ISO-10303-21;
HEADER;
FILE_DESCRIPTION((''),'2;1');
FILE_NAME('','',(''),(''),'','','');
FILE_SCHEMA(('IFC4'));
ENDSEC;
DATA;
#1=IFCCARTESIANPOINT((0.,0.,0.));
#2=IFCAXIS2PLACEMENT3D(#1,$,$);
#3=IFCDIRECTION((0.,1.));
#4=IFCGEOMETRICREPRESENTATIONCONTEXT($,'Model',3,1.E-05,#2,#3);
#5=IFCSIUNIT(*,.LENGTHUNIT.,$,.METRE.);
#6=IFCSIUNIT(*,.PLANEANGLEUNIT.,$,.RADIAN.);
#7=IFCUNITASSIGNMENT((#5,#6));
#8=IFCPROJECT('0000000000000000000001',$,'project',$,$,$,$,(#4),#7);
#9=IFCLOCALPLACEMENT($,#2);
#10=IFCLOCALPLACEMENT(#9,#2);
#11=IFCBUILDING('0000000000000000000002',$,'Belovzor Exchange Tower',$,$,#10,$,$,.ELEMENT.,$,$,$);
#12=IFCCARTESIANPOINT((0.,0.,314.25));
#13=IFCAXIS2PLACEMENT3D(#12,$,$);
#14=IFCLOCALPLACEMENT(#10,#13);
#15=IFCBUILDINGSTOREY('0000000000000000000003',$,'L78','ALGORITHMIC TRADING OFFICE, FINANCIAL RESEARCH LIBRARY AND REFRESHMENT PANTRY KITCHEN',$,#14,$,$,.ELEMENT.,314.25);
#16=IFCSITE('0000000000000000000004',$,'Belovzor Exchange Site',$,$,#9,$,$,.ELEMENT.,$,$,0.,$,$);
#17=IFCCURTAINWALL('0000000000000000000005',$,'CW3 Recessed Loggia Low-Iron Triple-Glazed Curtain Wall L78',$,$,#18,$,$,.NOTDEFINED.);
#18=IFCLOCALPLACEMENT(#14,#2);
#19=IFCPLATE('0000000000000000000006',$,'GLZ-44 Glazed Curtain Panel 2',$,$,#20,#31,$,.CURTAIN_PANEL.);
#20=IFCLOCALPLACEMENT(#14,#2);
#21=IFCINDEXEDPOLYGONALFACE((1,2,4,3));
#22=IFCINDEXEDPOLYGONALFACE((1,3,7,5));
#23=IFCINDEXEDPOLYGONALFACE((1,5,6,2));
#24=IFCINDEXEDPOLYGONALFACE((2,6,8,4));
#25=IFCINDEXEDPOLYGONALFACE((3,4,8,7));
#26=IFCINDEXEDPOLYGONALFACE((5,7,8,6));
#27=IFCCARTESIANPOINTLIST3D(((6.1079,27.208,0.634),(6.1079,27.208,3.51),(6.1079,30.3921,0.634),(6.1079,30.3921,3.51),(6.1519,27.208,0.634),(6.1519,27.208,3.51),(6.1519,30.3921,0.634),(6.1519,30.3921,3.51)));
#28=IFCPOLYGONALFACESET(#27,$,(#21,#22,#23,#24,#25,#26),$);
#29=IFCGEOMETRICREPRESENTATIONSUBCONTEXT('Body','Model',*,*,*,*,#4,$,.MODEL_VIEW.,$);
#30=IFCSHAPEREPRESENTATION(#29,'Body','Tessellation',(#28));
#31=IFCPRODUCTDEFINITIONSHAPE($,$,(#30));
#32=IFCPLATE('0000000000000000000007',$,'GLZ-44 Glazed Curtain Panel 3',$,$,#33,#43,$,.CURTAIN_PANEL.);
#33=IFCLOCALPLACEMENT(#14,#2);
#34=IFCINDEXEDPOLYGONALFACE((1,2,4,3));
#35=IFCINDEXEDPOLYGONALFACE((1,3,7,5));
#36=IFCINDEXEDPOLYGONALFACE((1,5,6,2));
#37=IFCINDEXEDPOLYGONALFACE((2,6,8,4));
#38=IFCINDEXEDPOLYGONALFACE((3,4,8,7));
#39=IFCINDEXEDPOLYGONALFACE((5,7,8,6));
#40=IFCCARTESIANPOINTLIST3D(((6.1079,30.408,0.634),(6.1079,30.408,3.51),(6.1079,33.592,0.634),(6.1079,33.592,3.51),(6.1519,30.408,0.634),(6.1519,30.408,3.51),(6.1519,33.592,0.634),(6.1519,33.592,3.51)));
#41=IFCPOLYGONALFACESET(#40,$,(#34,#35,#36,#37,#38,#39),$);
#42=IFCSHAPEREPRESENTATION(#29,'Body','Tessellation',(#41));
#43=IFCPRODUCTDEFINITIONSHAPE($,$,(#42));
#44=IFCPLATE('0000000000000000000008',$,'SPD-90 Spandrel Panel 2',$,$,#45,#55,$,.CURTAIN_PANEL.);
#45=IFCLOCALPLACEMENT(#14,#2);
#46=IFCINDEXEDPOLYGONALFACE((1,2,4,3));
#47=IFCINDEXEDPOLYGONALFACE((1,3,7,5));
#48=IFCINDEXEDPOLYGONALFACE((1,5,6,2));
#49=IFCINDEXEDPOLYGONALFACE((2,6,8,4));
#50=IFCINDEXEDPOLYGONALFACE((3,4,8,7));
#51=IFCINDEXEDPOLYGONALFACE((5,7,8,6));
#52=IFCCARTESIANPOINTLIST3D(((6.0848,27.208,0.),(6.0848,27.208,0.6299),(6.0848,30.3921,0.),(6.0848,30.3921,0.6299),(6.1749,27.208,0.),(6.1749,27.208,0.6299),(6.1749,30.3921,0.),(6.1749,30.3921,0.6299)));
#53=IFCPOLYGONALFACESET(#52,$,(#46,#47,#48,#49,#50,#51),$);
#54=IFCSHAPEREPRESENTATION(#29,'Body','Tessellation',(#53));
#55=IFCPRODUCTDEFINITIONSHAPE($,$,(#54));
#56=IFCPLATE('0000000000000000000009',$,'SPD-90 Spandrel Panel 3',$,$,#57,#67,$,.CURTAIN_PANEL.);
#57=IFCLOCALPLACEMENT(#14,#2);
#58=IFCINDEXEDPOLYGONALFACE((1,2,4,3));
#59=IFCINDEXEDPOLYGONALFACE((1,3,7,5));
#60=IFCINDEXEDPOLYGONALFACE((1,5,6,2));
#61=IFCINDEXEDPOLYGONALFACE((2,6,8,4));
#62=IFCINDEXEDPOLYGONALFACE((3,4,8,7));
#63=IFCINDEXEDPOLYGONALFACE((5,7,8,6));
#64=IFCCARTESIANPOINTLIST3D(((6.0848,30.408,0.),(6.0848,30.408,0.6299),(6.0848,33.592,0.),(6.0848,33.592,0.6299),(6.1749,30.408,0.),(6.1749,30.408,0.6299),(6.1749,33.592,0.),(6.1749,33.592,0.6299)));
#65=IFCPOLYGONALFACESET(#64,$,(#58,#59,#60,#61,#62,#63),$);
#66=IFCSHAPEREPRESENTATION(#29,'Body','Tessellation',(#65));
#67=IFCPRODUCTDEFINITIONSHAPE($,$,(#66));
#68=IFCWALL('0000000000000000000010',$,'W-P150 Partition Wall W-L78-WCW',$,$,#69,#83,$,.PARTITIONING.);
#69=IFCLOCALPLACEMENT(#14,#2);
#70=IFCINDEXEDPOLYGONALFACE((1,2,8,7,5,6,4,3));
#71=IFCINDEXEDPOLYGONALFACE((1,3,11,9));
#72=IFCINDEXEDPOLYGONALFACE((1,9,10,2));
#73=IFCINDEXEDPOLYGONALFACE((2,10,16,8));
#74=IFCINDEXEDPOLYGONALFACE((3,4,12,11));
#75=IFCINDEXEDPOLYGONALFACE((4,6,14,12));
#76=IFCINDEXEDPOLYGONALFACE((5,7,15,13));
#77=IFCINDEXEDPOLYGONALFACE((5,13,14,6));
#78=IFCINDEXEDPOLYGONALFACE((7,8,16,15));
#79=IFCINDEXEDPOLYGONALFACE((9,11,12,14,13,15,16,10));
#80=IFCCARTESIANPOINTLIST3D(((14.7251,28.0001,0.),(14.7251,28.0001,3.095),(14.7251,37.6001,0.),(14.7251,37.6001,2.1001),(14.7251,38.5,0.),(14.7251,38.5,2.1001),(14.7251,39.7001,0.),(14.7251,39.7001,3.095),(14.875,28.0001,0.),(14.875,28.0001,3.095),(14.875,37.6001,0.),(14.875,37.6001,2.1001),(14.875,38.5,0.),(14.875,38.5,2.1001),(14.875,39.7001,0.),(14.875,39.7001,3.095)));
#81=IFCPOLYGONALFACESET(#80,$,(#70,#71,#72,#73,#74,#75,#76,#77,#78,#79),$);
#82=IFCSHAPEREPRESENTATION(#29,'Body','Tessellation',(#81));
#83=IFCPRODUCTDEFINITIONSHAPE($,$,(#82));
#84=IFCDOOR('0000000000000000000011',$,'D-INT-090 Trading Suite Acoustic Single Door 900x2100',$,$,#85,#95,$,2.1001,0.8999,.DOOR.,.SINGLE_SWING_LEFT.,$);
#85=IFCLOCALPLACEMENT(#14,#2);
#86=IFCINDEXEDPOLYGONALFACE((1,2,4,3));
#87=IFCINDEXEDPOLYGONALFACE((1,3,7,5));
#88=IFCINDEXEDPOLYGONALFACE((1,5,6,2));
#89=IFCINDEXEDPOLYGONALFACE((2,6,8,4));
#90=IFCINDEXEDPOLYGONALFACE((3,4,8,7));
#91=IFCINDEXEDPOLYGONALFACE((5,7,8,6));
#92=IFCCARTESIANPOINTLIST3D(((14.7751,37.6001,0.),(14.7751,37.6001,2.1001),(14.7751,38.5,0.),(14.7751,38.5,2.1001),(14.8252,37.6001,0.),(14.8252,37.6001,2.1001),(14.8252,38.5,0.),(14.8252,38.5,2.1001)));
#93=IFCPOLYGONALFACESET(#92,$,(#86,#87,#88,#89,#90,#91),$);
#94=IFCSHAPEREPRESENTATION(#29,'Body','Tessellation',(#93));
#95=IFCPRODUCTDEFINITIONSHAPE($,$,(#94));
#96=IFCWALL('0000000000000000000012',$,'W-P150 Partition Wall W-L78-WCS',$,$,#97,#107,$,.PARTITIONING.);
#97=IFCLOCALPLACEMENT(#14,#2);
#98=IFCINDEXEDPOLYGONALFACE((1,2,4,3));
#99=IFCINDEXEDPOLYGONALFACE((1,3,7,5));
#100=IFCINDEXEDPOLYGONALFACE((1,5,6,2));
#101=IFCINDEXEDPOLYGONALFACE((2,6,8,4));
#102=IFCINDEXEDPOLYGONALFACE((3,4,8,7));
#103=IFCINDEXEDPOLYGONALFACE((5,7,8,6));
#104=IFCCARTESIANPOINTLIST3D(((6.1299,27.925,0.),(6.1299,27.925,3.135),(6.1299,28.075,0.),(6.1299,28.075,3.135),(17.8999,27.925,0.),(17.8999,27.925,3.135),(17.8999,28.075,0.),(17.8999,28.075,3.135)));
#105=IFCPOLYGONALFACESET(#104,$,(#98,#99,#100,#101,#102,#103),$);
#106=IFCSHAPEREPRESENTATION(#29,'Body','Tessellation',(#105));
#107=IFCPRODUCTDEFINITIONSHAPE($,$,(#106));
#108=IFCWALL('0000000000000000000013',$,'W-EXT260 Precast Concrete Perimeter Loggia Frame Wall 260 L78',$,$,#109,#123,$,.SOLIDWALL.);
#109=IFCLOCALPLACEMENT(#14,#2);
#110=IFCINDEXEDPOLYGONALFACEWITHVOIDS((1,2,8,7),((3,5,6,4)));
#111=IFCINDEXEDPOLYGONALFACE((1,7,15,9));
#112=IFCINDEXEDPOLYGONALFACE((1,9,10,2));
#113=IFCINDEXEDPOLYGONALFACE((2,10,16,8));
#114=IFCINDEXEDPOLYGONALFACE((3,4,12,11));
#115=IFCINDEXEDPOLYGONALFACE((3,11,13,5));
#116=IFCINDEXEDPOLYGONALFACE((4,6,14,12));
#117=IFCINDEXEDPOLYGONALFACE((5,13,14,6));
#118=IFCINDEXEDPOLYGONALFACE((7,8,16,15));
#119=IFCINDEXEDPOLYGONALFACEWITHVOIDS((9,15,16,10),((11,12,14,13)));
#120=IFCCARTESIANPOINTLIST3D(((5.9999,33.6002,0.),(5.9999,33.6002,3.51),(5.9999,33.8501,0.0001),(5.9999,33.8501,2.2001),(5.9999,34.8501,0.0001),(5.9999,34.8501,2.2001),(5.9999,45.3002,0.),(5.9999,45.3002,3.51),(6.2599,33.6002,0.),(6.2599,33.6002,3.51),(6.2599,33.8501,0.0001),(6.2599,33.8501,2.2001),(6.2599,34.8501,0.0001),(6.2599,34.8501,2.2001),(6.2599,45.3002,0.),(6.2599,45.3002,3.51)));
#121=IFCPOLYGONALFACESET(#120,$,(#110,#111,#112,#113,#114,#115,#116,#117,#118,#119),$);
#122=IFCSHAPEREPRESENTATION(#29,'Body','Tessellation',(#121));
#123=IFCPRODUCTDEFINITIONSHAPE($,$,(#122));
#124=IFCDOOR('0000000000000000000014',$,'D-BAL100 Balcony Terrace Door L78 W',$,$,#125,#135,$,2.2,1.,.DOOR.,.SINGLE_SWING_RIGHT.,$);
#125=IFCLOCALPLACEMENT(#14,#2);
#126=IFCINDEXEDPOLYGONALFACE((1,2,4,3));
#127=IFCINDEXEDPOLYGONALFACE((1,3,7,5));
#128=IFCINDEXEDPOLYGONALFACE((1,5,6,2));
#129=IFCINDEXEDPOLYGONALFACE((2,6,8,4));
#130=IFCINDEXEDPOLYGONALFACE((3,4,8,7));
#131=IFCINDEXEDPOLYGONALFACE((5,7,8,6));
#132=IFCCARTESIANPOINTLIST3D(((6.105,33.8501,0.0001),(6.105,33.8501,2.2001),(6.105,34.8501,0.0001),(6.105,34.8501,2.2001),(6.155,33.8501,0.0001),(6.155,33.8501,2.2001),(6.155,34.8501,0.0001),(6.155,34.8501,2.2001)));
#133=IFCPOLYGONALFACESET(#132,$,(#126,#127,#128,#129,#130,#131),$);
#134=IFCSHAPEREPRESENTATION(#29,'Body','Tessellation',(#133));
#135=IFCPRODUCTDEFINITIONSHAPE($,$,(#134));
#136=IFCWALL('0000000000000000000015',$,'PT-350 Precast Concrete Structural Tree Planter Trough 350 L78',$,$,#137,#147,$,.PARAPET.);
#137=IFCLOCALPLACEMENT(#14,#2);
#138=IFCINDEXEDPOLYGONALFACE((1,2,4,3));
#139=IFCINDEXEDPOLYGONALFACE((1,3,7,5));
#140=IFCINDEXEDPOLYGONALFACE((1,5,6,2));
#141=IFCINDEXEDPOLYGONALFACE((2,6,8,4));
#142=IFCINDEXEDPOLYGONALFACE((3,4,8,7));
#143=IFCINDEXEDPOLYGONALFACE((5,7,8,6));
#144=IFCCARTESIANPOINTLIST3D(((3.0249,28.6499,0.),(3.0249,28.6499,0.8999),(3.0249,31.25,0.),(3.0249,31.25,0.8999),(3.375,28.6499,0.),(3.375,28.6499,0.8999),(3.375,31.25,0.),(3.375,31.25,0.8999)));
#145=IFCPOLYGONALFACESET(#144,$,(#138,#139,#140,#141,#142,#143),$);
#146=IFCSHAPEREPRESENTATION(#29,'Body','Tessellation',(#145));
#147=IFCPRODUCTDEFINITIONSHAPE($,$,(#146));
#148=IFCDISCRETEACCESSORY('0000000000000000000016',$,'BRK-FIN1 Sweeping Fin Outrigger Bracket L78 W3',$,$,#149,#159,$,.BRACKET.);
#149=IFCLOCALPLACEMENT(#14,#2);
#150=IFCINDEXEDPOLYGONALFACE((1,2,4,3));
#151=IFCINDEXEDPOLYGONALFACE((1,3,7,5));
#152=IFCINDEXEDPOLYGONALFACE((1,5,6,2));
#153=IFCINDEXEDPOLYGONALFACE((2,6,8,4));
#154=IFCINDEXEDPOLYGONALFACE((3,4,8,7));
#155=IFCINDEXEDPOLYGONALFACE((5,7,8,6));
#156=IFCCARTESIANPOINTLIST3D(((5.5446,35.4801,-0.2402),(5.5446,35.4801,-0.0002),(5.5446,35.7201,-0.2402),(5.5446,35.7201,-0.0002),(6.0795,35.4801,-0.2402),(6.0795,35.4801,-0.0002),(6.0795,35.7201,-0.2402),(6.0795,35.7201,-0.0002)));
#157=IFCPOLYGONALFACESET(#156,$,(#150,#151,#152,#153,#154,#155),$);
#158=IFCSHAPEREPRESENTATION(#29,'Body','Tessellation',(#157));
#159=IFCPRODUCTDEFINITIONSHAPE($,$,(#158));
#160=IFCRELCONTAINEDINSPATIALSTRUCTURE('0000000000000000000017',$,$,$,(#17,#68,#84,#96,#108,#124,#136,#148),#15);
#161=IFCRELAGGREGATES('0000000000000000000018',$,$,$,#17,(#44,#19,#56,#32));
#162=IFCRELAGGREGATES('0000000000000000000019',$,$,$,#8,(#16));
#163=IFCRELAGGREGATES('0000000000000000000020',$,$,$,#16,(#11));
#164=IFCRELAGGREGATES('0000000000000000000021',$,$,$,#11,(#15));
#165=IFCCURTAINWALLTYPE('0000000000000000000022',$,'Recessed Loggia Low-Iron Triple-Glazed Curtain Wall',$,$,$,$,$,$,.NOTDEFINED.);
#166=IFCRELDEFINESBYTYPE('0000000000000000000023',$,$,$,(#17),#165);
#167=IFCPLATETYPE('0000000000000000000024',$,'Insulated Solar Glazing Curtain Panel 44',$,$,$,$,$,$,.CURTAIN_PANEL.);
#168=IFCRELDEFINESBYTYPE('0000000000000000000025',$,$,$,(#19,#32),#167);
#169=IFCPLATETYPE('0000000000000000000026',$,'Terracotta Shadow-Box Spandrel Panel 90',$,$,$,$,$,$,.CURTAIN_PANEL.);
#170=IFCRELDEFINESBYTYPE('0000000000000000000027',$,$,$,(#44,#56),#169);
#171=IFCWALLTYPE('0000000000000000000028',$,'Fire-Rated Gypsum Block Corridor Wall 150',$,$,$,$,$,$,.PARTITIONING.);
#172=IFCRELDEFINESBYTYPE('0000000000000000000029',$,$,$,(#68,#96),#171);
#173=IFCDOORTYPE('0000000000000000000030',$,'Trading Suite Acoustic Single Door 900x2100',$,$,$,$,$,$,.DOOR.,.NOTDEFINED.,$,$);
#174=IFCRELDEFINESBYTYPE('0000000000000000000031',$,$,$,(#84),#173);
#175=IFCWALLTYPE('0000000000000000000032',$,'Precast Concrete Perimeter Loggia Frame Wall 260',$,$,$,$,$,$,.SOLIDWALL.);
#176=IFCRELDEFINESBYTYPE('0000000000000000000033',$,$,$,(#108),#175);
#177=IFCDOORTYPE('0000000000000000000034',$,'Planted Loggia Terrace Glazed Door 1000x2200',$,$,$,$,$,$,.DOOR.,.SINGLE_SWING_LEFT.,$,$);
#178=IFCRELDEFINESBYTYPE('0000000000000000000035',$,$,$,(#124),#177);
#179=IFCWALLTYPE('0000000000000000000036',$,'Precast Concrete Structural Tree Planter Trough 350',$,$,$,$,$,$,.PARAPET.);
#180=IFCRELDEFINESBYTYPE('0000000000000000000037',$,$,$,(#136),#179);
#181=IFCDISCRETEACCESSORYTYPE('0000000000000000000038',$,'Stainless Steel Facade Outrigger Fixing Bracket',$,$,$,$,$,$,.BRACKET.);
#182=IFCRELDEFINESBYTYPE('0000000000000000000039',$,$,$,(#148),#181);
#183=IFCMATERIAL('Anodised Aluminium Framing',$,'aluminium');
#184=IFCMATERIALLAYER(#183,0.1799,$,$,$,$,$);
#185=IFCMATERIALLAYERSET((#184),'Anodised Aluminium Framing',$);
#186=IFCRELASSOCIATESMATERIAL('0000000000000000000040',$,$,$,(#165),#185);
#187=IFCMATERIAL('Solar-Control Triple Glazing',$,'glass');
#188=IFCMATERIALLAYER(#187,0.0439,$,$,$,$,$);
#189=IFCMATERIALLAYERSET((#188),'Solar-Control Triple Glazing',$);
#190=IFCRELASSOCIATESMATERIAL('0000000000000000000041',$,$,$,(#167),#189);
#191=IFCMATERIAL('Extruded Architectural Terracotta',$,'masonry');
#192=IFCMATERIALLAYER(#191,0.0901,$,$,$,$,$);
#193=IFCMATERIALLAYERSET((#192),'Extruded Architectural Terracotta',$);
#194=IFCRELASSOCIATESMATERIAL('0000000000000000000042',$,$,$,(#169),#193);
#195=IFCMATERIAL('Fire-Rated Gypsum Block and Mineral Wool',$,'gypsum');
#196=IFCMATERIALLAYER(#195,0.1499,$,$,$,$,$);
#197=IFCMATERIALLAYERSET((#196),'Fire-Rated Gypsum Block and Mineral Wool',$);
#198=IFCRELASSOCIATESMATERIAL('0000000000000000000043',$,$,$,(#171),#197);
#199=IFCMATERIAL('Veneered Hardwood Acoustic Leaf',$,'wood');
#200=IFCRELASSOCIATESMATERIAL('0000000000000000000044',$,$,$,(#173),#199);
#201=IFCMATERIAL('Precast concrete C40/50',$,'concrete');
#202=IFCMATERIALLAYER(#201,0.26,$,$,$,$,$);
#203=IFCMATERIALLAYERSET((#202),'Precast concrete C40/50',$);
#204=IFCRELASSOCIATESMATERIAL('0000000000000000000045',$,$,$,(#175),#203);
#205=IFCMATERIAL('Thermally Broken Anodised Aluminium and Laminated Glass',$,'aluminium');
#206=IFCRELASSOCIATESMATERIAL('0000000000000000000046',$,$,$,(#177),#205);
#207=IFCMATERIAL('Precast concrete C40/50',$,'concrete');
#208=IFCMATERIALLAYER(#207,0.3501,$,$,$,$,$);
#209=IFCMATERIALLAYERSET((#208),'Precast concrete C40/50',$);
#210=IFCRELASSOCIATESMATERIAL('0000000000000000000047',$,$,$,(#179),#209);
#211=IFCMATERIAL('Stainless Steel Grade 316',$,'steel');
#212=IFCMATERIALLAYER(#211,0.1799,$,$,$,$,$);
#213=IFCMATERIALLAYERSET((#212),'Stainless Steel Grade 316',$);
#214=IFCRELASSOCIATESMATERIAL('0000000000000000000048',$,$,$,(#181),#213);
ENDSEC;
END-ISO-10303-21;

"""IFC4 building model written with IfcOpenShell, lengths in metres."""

from ifc_helpers import new_model, si_unit, direction, frame, frame_2d, origin, origin_2d, place, context, subcontext, project, spatial, rectangle, extrude, material, layer, layer_set, type_object, element, fill, aggregate, save


model = new_model("IFC4")

# Units and contexts
model_context = context("Model", 3, precision=1e-05, world=origin(), true_north=direction((0.0, 1.0)))
body_context = subcontext(model_context, "Body", "Model", "MODEL_VIEW")
ifc_project = project(units=[si_unit("LENGTHUNIT", "METRE"), si_unit("PLANEANGLEUNIT", "RADIAN")], contexts=[model_context])

# Site, building, storey
site_placement = place(None, origin())
site = spatial("IfcSite", under=ifc_project, at=site_placement, Name="Belovzor Exchange Site", CompositionType="ELEMENT", RefElevation=0.0)
building_placement = place(site_placement, origin())
building = spatial("IfcBuilding", under=site, at=building_placement, Name="Belovzor Exchange Tower", CompositionType="ELEMENT")
storey_placement = place(building_placement, frame((0.0, 0.0, 314.25)))
storey = spatial("IfcBuildingStorey", under=building, at=storey_placement, Name="L78", Description="ALGORITHMIC TRADING OFFICE, FINANCIAL RESEARCH LIBRARY AND REFRESHMENT PANTRY KITCHEN", CompositionType="ELEMENT", Elevation=314.25)

# Curtain wall
ifc_material_1 = material(Name="Anodised Aluminium Framing", Category="aluminium")
ifc_layer_1 = layer(ifc_material_1, 0.1799)
ifc_layer_set_1 = layer_set([ifc_layer_1], Name="Anodised Aluminium Framing")
curtain_wall_type = type_object("IfcCurtainWallType", Name="Recessed Loggia Low-Iron Triple-Glazed Curtain Wall", PredefinedType="NOTDEFINED", material=ifc_layer_set_1)
curtain_wall_placement = place(storey_placement, origin())
curtain_wall = element("IfcCurtainWall", 1, at=curtain_wall_placement, inside=storey, type_object=curtain_wall_type, Name="CW3 Recessed Loggia Low-Iron Triple-Glazed Curtain Wall L78", PredefinedType="NOTDEFINED")

# Plates
ifc_material_2 = material(Name="Solar-Control Triple Glazing", Category="glass")
ifc_layer_2 = layer(ifc_material_2, 0.0439)
ifc_layer_set_2 = layer_set([ifc_layer_2], Name="Solar-Control Triple Glazing")
plate_type_1 = type_object("IfcPlateType", Name="Insulated Solar Glazing Curtain Panel 44", PredefinedType="CURTAIN_PANEL", material=ifc_layer_set_2)
plate_1_placement = place(storey_placement, frame((6.1299, 28.8, 0.634), z_axis=(0.0, 0.0, 1.0), x_axis=(0.0, 1.0, 0.0)))
plate_1 = element("IfcPlate", 2, at=plate_1_placement, type_object=plate_type_1, Name="GLZ-44 Glazed Curtain Panel 2", PredefinedType="CURTAIN_PANEL", context=body_context, shape_type="SweptSolid", body=[
    extrude(rectangle(XDim=3.1841, YDim=0.0439, at=origin_2d()), origin(), (0.0, 0.0, 1.0), 2.876),
])
plate_2_placement = place(storey_placement, frame((6.1299, 32.0, 0.634), z_axis=(0.0, 0.0, 1.0), x_axis=(0.0, 1.0, 0.0)))
plate_2 = element("IfcPlate", 3, at=plate_2_placement, type_object=plate_type_1, Name="GLZ-44 Glazed Curtain Panel 3", PredefinedType="CURTAIN_PANEL", context=body_context, shape_type="SweptSolid", body=[
    extrude(rectangle(XDim=3.1841, YDim=0.0439, at=origin_2d()), origin(), (0.0, 0.0, 1.0), 2.876),
])
ifc_material_3 = material(Name="Extruded Architectural Terracotta", Category="masonry")
ifc_layer_3 = layer(ifc_material_3, 0.0901)
ifc_layer_set_3 = layer_set([ifc_layer_3], Name="Extruded Architectural Terracotta")
plate_type_2 = type_object("IfcPlateType", Name="Terracotta Shadow-Box Spandrel Panel 90", PredefinedType="CURTAIN_PANEL", material=ifc_layer_set_3)
plate_3_placement = place(storey_placement, frame((6.1299, 28.8, 0.0), z_axis=(0.0, 0.0, 1.0), x_axis=(0.0, 1.0, 0.0)))
plate_3 = element("IfcPlate", 4, at=plate_3_placement, type_object=plate_type_2, Name="SPD-90 Spandrel Panel 2", PredefinedType="CURTAIN_PANEL", context=body_context, shape_type="SweptSolid", body=[
    extrude(rectangle(XDim=3.1841, YDim=0.0901, at=origin_2d()), origin(), (0.0, 0.0, 1.0), 0.6299),
])
plate_4_placement = place(storey_placement, frame((6.1299, 32.0, 0.0), z_axis=(0.0, 0.0, 1.0), x_axis=(0.0, 1.0, 0.0)))
plate_4 = element("IfcPlate", 5, at=plate_4_placement, type_object=plate_type_2, Name="SPD-90 Spandrel Panel 3", PredefinedType="CURTAIN_PANEL", context=body_context, shape_type="SweptSolid", body=[
    extrude(rectangle(XDim=3.1841, YDim=0.0901, at=origin_2d()), origin(), (0.0, 0.0, 1.0), 0.6299),
])
aggregate(curtain_wall, [plate_3, plate_1, plate_4, plate_2])

# Wall, opening, door
ifc_material_4 = material(Name="Fire-Rated Gypsum Block and Mineral Wool", Category="gypsum")
ifc_layer_4 = layer(ifc_material_4, 0.1499)
ifc_layer_set_4 = layer_set([ifc_layer_4], Name="Fire-Rated Gypsum Block and Mineral Wool")
wall_type_1 = type_object("IfcWallType", Name="Fire-Rated Gypsum Block Corridor Wall 150", PredefinedType="PARTITIONING", material=ifc_layer_set_4)
wall_1_placement = place(storey_placement, frame((14.8, 28.0, 0.0), z_axis=(0.0, 0.0, 1.0), x_axis=(0.0, 1.0, 0.0)))
wall_1 = element("IfcWall", 6, at=wall_1_placement, inside=storey, type_object=wall_type_1, Name="W-P150 Partition Wall W-L78-WCW", PredefinedType="PARTITIONING", context=body_context, shape_type="SweptSolid", body=[
    extrude(rectangle(XDim=11.7, YDim=0.1499, at=frame_2d((5.8501, 0.0))), origin(), (0.0, 0.0, 1.0), 3.095),
])
opening_1_placement = place(wall_1_placement, frame((9.6001, 0.0, 0.0)))
opening_1 = element("IfcOpeningElement", 7, at=opening_1_placement, cuts=wall_1, PredefinedType="OPENING", context=body_context, shape_type="SweptSolid", body=[
    extrude(rectangle(XDim=0.8999, YDim=2.1001, at=frame_2d((0.45, 1.05))), frame((0.0, 0.085, 0.0), z_axis=(0.0, -1.0, 0.0), x_axis=(1.0, 0.0, 0.0)), (0.0, 0.0, 1.0), 0.1699),
])
ifc_material_5 = material(Name="Veneered Hardwood Acoustic Leaf", Category="wood")
door_type_1 = type_object("IfcDoorType", Name="Trading Suite Acoustic Single Door 900x2100", OperationType="NOTDEFINED", PredefinedType="DOOR", material=ifc_material_5)
door_1_placement = place(opening_1_placement, origin())
door_1 = element("IfcDoor", 8, at=door_1_placement, inside=storey, type_object=door_type_1, Name="D-INT-090 Trading Suite Acoustic Single Door 900x2100", OperationType="SINGLE_SWING_LEFT", OverallHeight=2.1001, OverallWidth=0.8999, PredefinedType="DOOR", context=body_context, shape_type="SweptSolid", body=[
    extrude(rectangle(XDim=0.8999, YDim=2.1001, at=frame_2d((0.45, 1.05))), frame((0.0, 0.0249, 0.0), z_axis=(0.0, -1.0, 0.0), x_axis=(1.0, 0.0, 0.0)), (0.0, 0.0, 1.0), 0.05),
])
fill(opening_1, door_1)

# Wall
wall_2_placement = place(storey_placement, frame((6.1299, 28.0, 0.0), z_axis=(0.0, 0.0, 1.0), x_axis=(1.0, 0.0, 0.0)))
element("IfcWall", 9, at=wall_2_placement, inside=storey, type_object=wall_type_1, Name="W-P150 Partition Wall W-L78-WCS", PredefinedType="PARTITIONING", context=body_context, shape_type="SweptSolid", body=[
    extrude(rectangle(XDim=11.77, YDim=0.1499, at=frame_2d((5.885, 0.0))), origin(), (0.0, 0.0, 1.0), 3.135),
])

# Wall, opening, door
ifc_material_6 = material(Name="Precast concrete C40/50", Category="concrete")
ifc_layer_5 = layer(ifc_material_6, 0.26)
ifc_layer_set_5 = layer_set([ifc_layer_5], Name="Precast concrete C40/50")
wall_type_2 = type_object("IfcWallType", Name="Precast Concrete Perimeter Loggia Frame Wall 260", PredefinedType="SOLIDWALL", material=ifc_layer_set_5)
wall_3_placement = place(storey_placement, frame((6.1299, 33.6001, 0.0), z_axis=(0.0, 0.0, 1.0), x_axis=(0.0, 1.0, 0.0)))
wall_3 = element("IfcWall", 10, at=wall_3_placement, inside=storey, type_object=wall_type_2, Name="W-EXT260 Precast Concrete Perimeter Loggia Frame Wall 260 L78", PredefinedType="SOLIDWALL", context=body_context, shape_type="SweptSolid", body=[
    extrude(rectangle(XDim=11.7, YDim=0.26, at=frame_2d((5.8501, 0.0))), origin(), (0.0, 0.0, 1.0), 3.51),
])
opening_2_placement = place(wall_3_placement, frame((0.25, 0.0, 0.0)))
opening_2 = element("IfcOpeningElement", 11, at=opening_2_placement, cuts=wall_3, PredefinedType="OPENING", context=body_context, shape_type="SweptSolid", body=[
    extrude(rectangle(XDim=1.0, YDim=2.2, at=frame_2d((0.5, 1.1001))), frame((0.0, 0.1399, 0.0), z_axis=(0.0, -1.0, 0.0), x_axis=(1.0, 0.0, 0.0)), (0.0, 0.0, 1.0), 0.28),
])
ifc_material_7 = material(Name="Thermally Broken Anodised Aluminium and Laminated Glass", Category="aluminium")
door_type_2 = type_object("IfcDoorType", Name="Planted Loggia Terrace Glazed Door 1000x2200", OperationType="SINGLE_SWING_LEFT", PredefinedType="DOOR", material=ifc_material_7)
door_2_placement = place(opening_2_placement, origin())
door_2 = element("IfcDoor", 12, at=door_2_placement, inside=storey, type_object=door_type_2, Name="D-BAL100 Balcony Terrace Door L78 W", OperationType="SINGLE_SWING_RIGHT", OverallHeight=2.2, OverallWidth=1.0, PredefinedType="DOOR", context=body_context, shape_type="SweptSolid", body=[
    extrude(rectangle(XDim=1.0, YDim=2.2, at=frame_2d((0.5, 1.1001))), frame((0.0, 0.0249, 0.0), z_axis=(0.0, -1.0, 0.0), x_axis=(1.0, 0.0, 0.0)), (0.0, 0.0, 1.0), 0.05),
])
fill(opening_2, door_2)

# Wall
ifc_material_8 = material(Name="Precast concrete C40/50", Category="concrete")
ifc_layer_6 = layer(ifc_material_8, 0.3501)
ifc_layer_set_6 = layer_set([ifc_layer_6], Name="Precast concrete C40/50")
wall_type_3 = type_object("IfcWallType", Name="Precast Concrete Structural Tree Planter Trough 350", PredefinedType="PARAPET", material=ifc_layer_set_6)
wall_4_placement = place(storey_placement, frame((3.2, 28.6499, 0.0), z_axis=(0.0, 0.0, 1.0), x_axis=(0.0, 1.0, 0.0)))
element("IfcWall", 13, at=wall_4_placement, inside=storey, type_object=wall_type_3, Name="PT-350 Precast Concrete Structural Tree Planter Trough 350 L78", PredefinedType="PARAPET", context=body_context, shape_type="SweptSolid", body=[
    extrude(rectangle(XDim=2.6001, YDim=0.3501, at=frame_2d((1.3, 0.0))), origin(), (0.0, 0.0, 1.0), 0.8999),
])

# Discrete accessory
ifc_material_9 = material(Name="Stainless Steel Grade 316", Category="steel")
ifc_layer_7 = layer(ifc_material_9, 0.1799)
ifc_layer_set_7 = layer_set([ifc_layer_7], Name="Stainless Steel Grade 316")
discrete_accessory_type = type_object("IfcDiscreteAccessoryType", Name="Stainless Steel Facade Outrigger Fixing Bracket", PredefinedType="BRACKET", material=ifc_layer_set_7)
discrete_accessory_placement = place(storey_placement, frame((5.812, 35.6001, -0.2402), z_axis=(0.0, 0.0, 1.0), x_axis=(1.0, 0.0, 0.0)))
element("IfcDiscreteAccessory", 14, at=discrete_accessory_placement, inside=storey, type_object=discrete_accessory_type, Name="BRK-FIN1 Sweeping Fin Outrigger Bracket L78 W3", PredefinedType="BRACKET", context=body_context, shape_type="SweptSolid", body=[
    extrude(rectangle(XDim=0.5349, YDim=0.24, at=origin_2d()), origin(), (0.0, 0.0, 1.0), 0.24),
])

save(model, "model.ifc")
